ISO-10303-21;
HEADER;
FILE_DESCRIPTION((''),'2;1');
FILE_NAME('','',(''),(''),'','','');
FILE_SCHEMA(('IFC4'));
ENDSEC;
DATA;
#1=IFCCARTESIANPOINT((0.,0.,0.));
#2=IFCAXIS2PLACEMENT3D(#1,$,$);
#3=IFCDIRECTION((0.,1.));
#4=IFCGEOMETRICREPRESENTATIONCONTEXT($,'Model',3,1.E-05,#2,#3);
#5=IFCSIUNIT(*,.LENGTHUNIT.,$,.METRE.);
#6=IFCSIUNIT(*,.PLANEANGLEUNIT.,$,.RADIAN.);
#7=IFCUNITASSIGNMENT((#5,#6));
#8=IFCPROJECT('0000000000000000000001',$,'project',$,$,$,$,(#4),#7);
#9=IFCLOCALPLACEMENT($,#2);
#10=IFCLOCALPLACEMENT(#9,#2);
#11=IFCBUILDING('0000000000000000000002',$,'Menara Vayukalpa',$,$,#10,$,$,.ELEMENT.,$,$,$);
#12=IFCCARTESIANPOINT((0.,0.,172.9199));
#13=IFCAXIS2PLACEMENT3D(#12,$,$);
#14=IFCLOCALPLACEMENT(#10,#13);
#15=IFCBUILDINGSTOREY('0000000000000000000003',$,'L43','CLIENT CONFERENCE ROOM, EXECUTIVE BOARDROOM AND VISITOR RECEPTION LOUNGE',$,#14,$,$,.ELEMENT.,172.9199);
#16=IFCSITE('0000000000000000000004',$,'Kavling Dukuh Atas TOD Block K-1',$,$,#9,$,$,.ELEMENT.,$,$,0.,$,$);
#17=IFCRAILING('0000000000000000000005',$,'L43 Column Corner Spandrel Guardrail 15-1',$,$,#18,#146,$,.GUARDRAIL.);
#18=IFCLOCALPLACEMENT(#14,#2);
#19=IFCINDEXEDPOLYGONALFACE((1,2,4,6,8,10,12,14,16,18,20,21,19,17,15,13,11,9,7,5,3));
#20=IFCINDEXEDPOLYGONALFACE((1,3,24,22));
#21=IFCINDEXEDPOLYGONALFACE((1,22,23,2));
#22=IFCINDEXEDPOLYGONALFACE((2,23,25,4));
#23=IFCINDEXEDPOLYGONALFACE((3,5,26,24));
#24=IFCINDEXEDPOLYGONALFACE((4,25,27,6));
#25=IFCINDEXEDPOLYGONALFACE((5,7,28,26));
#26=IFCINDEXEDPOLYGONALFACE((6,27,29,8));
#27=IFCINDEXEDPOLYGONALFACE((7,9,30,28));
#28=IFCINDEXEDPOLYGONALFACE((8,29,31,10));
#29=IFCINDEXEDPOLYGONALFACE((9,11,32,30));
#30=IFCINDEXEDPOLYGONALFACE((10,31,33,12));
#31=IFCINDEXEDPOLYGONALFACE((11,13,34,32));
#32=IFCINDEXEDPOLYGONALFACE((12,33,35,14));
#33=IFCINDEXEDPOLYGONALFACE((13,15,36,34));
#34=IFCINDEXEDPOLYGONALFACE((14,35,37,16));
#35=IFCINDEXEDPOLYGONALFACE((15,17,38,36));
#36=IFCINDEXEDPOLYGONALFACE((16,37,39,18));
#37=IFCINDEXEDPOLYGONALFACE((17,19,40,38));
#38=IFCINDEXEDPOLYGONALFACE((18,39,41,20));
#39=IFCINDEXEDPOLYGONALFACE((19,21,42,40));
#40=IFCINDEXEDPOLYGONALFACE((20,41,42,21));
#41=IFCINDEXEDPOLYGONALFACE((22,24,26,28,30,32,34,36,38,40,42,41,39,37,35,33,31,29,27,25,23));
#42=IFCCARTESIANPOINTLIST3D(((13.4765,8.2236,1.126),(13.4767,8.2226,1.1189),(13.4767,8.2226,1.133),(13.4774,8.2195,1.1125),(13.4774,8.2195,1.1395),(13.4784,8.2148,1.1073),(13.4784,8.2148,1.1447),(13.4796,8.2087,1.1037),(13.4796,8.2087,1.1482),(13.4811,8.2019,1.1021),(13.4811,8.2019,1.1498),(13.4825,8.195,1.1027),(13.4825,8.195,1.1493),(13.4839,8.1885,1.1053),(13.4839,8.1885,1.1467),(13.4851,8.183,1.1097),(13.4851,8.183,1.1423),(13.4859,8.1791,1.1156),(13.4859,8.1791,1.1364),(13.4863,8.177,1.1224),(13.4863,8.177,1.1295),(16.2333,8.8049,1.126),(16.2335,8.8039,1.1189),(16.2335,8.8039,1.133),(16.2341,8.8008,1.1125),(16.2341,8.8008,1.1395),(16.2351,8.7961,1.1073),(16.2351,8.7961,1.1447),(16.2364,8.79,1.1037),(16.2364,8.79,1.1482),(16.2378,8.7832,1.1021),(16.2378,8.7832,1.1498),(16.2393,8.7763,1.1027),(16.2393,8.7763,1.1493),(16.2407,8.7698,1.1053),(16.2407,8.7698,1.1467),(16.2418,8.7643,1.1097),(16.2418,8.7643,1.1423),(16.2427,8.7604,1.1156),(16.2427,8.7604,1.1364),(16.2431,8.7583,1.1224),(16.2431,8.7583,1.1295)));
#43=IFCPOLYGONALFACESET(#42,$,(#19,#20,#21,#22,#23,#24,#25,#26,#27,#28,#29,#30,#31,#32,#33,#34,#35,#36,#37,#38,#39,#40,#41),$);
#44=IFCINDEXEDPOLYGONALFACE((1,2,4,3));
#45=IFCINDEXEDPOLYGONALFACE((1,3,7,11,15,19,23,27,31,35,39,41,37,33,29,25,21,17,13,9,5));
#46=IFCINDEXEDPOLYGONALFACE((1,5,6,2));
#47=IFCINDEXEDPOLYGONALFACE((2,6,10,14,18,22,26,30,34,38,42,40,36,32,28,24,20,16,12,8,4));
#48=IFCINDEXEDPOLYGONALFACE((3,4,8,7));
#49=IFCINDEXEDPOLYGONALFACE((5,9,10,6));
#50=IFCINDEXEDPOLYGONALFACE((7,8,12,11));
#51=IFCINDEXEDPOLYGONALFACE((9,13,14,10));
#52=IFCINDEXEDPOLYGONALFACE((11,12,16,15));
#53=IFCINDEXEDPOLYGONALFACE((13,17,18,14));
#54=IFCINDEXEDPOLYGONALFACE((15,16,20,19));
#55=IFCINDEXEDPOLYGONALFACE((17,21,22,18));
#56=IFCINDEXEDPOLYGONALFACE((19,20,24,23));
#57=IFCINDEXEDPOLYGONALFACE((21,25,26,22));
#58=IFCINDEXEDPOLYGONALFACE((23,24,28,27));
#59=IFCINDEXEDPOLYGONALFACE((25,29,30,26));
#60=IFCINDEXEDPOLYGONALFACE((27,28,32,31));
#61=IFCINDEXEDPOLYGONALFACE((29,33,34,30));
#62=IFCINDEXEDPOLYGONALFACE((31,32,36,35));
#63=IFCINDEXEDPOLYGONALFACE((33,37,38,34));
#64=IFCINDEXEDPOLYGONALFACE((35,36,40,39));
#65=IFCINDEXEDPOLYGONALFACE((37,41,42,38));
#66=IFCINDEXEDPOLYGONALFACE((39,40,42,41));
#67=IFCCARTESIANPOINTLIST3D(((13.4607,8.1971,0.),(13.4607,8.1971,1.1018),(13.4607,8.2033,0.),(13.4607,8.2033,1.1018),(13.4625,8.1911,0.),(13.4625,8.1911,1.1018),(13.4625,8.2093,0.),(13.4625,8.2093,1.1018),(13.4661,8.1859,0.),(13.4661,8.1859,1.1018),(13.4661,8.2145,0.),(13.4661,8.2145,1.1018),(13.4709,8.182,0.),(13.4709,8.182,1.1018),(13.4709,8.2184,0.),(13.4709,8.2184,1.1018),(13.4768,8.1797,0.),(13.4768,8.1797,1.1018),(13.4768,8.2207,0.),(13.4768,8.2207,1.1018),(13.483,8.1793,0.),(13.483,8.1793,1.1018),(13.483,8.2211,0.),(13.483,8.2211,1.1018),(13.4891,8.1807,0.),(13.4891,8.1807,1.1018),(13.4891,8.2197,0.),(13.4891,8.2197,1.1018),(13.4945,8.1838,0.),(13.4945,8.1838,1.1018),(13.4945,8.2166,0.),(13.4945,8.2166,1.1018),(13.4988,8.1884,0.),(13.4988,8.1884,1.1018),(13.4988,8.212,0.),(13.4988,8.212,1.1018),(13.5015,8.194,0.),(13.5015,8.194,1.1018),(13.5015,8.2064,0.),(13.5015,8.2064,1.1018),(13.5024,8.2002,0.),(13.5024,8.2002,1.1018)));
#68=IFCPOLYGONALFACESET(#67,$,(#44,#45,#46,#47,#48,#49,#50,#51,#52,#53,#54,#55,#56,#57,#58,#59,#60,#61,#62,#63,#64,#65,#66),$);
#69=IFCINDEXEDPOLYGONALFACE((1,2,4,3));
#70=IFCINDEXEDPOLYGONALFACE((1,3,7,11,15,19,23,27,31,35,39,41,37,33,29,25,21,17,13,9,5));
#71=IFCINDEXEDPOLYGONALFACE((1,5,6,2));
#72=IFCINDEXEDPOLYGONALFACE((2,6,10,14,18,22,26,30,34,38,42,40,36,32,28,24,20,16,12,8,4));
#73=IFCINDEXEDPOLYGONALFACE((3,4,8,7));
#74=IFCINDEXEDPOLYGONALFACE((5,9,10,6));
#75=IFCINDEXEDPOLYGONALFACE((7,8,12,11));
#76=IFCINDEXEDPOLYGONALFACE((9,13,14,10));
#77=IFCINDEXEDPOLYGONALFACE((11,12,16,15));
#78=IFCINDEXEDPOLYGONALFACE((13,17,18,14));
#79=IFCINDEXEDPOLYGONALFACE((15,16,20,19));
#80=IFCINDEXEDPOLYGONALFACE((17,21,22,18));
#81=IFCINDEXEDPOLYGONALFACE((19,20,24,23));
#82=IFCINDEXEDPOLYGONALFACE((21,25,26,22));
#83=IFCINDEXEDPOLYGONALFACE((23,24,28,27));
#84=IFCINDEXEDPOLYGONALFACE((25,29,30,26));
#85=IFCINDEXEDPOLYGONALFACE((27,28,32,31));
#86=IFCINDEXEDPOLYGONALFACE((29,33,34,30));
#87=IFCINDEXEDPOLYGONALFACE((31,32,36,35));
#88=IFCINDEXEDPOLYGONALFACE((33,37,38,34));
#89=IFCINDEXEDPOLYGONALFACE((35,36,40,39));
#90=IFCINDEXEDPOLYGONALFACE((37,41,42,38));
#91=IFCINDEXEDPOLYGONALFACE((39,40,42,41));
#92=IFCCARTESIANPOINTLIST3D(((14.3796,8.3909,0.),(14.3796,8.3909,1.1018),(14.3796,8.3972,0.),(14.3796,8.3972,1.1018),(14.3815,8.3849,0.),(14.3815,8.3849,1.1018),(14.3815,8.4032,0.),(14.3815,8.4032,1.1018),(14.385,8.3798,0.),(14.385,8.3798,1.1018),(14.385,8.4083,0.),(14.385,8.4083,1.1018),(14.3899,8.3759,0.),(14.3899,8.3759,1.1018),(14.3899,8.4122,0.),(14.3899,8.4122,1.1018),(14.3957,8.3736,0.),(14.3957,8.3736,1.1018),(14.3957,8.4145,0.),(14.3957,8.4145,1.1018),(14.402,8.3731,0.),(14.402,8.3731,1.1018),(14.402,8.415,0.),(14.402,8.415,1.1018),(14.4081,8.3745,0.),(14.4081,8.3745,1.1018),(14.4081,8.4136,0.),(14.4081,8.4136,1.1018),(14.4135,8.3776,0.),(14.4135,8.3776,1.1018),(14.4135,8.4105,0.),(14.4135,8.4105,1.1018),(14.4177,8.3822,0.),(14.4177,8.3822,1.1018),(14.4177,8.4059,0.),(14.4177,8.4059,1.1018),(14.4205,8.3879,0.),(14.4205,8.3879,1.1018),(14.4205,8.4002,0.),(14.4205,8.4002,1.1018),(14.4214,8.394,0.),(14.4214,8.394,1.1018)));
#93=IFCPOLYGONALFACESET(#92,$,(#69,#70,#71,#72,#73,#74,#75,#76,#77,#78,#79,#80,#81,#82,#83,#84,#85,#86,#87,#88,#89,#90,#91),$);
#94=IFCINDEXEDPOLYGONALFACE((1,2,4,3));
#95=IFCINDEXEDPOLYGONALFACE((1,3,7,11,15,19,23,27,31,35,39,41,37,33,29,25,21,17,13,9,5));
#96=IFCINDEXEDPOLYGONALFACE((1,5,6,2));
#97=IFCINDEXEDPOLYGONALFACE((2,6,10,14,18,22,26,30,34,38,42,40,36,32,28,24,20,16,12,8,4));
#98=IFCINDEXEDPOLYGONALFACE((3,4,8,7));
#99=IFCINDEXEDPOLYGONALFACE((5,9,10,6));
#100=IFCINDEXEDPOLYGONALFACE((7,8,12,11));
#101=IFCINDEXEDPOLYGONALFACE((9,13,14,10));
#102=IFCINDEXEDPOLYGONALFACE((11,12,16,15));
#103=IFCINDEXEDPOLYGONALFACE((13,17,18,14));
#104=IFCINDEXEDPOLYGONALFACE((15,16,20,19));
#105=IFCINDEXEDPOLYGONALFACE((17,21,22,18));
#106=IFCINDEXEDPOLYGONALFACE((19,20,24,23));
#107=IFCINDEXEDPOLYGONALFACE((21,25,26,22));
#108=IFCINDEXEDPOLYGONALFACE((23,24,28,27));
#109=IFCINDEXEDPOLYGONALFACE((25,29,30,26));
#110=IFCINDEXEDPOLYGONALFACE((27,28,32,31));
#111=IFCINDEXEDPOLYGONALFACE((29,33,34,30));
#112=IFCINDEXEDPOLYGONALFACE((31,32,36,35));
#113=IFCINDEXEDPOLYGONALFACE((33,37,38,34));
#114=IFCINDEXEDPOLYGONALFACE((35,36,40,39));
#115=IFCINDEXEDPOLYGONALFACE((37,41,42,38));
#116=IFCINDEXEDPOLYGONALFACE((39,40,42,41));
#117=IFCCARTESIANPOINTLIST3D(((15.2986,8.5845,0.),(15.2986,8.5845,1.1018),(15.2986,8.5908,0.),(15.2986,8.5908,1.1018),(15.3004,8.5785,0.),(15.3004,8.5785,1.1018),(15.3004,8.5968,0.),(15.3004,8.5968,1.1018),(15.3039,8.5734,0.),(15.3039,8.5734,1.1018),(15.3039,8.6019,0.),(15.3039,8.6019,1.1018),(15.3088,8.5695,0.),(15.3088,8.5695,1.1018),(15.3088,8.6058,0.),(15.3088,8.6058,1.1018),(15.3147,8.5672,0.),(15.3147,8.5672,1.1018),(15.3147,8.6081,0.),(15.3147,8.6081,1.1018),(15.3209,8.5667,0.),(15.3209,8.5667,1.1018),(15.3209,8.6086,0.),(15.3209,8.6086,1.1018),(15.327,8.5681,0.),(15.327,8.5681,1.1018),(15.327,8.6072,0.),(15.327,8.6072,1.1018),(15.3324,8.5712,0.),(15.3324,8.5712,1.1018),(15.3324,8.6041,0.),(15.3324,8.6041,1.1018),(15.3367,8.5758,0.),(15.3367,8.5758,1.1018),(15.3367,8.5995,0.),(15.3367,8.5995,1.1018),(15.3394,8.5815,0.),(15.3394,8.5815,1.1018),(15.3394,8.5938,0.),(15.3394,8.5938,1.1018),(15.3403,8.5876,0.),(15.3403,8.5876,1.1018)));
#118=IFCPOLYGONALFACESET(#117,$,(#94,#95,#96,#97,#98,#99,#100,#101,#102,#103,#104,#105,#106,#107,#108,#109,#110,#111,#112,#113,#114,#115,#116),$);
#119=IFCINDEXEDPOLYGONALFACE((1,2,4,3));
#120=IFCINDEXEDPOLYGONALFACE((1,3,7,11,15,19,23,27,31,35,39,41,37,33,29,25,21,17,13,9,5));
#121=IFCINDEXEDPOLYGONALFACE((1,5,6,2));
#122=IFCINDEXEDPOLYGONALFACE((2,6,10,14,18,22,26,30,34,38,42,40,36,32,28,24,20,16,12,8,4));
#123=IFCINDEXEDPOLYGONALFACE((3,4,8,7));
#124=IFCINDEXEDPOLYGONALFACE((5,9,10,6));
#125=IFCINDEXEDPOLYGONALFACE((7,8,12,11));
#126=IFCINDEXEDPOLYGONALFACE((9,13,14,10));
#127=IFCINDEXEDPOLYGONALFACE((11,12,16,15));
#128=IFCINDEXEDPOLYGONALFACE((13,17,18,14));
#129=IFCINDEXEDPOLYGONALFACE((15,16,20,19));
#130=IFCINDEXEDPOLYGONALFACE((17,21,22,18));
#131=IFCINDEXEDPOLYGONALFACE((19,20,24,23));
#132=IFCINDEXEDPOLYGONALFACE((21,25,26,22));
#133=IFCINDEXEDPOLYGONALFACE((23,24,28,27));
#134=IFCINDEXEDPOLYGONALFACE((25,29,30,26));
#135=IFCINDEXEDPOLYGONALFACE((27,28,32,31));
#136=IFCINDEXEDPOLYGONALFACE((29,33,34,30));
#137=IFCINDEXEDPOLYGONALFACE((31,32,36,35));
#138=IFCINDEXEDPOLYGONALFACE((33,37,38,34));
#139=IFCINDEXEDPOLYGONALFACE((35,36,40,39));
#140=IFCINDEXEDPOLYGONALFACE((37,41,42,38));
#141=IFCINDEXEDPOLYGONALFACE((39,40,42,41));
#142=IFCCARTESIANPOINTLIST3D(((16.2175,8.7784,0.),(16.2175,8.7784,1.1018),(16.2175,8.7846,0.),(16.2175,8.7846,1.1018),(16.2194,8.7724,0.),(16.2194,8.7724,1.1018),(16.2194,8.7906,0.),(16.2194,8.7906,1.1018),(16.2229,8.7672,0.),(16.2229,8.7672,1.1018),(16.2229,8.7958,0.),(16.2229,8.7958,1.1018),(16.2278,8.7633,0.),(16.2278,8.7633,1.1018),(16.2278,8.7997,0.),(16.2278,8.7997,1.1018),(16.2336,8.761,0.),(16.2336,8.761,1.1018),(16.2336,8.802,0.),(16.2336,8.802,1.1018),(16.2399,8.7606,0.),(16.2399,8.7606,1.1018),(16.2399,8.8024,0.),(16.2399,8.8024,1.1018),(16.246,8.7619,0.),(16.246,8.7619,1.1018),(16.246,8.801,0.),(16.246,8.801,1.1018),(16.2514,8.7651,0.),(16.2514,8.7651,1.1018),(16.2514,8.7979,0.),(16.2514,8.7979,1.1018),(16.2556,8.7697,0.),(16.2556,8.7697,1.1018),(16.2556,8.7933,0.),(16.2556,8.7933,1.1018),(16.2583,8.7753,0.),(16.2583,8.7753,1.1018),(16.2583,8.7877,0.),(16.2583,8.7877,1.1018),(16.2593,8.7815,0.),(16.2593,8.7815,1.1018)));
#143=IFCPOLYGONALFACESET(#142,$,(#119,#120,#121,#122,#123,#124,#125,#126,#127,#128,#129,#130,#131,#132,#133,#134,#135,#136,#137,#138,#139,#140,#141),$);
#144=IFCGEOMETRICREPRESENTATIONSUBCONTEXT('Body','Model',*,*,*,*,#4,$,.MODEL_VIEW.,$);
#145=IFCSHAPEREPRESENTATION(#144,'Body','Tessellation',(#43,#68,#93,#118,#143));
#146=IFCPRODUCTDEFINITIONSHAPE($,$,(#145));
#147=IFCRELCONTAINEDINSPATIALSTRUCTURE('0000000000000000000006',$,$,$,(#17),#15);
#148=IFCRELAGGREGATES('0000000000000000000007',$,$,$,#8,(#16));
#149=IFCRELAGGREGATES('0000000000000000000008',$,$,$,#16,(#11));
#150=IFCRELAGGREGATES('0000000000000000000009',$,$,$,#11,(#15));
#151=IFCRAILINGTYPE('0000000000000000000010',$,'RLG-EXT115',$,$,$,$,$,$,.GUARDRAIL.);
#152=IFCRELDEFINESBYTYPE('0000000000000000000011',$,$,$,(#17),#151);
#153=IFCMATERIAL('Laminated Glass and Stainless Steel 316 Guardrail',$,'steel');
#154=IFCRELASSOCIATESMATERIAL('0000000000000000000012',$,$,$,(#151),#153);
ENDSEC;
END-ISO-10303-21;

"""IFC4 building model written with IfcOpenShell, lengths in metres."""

from ifc_helpers import new_model, si_unit, direction, frame, origin, origin_2d, place, context, subcontext, project, spatial, circle, extrude, material, type_object, element, save


model = new_model("IFC4")

# Units and contexts
model_context = context("Model", 3, precision=1e-05, world=origin(), true_north=direction((0.0, 1.0)))
body_context = subcontext(model_context, "Body", "Model", "MODEL_VIEW")
ifc_project = project(units=[si_unit("LENGTHUNIT", "METRE"), si_unit("PLANEANGLEUNIT", "RADIAN")], contexts=[model_context])

# Site, building, storey
site_placement = place(None, origin())
site = spatial("IfcSite", under=ifc_project, at=site_placement, Name="Kavling Dukuh Atas TOD Block K-1", CompositionType="ELEMENT", RefElevation=0.0)
building_placement = place(site_placement, origin())
building = spatial("IfcBuilding", under=site, at=building_placement, Name="Menara Vayukalpa", CompositionType="ELEMENT")
storey_placement = place(building_placement, frame((0.0, 0.0, 172.9199)))
storey = spatial("IfcBuildingStorey", under=building, at=storey_placement, Name="L43", Description="CLIENT CONFERENCE ROOM, EXECUTIVE BOARDROOM AND VISITOR RECEPTION LOUNGE", CompositionType="ELEMENT", Elevation=172.9199)

# Railing
ifc_material_1 = material(Name="Laminated Glass and Stainless Steel 316 Guardrail", Category="steel")
railing_type = type_object("IfcRailingType", Name="RLG-EXT115", PredefinedType="GUARDRAIL", material=ifc_material_1)
railing_placement = place(storey_placement, frame((13.4814, 8.2002, 0.0)))
element("IfcRailing", 1, at=railing_placement, inside=storey, type_object=railing_type, Name="L43 Column Corner Spandrel Guardrail 15-1", PredefinedType="GUARDRAIL", context=body_context, shape_type="SweptSolid", body=[
    extrude(circle(Radius=0.0239, at=origin_2d()), frame((0.0, 0.0, 1.126), z_axis=(0.978484, 0.206321, 0.0), x_axis=(-0.206321, 0.978484, 0.0)), (0.0, 0.0, 1.0), 2.8174),
    extrude(circle(Radius=0.021, at=origin_2d()), origin(), (0.0, 0.0, 1.0), 1.1018),
    extrude(circle(Radius=0.021, at=origin_2d()), frame((0.9189, 0.1938, 0.0)), (0.0, 0.0, 1.0), 1.1018),
    extrude(circle(Radius=0.021, at=origin_2d()), frame((1.8379, 0.3875, 0.0)), (0.0, 0.0, 1.0), 1.1018),
    extrude(circle(Radius=0.021, at=origin_2d()), frame((2.7568, 0.5813, 0.0)), (0.0, 0.0, 1.0), 1.1018),
])

save(model, "model.ifc")
